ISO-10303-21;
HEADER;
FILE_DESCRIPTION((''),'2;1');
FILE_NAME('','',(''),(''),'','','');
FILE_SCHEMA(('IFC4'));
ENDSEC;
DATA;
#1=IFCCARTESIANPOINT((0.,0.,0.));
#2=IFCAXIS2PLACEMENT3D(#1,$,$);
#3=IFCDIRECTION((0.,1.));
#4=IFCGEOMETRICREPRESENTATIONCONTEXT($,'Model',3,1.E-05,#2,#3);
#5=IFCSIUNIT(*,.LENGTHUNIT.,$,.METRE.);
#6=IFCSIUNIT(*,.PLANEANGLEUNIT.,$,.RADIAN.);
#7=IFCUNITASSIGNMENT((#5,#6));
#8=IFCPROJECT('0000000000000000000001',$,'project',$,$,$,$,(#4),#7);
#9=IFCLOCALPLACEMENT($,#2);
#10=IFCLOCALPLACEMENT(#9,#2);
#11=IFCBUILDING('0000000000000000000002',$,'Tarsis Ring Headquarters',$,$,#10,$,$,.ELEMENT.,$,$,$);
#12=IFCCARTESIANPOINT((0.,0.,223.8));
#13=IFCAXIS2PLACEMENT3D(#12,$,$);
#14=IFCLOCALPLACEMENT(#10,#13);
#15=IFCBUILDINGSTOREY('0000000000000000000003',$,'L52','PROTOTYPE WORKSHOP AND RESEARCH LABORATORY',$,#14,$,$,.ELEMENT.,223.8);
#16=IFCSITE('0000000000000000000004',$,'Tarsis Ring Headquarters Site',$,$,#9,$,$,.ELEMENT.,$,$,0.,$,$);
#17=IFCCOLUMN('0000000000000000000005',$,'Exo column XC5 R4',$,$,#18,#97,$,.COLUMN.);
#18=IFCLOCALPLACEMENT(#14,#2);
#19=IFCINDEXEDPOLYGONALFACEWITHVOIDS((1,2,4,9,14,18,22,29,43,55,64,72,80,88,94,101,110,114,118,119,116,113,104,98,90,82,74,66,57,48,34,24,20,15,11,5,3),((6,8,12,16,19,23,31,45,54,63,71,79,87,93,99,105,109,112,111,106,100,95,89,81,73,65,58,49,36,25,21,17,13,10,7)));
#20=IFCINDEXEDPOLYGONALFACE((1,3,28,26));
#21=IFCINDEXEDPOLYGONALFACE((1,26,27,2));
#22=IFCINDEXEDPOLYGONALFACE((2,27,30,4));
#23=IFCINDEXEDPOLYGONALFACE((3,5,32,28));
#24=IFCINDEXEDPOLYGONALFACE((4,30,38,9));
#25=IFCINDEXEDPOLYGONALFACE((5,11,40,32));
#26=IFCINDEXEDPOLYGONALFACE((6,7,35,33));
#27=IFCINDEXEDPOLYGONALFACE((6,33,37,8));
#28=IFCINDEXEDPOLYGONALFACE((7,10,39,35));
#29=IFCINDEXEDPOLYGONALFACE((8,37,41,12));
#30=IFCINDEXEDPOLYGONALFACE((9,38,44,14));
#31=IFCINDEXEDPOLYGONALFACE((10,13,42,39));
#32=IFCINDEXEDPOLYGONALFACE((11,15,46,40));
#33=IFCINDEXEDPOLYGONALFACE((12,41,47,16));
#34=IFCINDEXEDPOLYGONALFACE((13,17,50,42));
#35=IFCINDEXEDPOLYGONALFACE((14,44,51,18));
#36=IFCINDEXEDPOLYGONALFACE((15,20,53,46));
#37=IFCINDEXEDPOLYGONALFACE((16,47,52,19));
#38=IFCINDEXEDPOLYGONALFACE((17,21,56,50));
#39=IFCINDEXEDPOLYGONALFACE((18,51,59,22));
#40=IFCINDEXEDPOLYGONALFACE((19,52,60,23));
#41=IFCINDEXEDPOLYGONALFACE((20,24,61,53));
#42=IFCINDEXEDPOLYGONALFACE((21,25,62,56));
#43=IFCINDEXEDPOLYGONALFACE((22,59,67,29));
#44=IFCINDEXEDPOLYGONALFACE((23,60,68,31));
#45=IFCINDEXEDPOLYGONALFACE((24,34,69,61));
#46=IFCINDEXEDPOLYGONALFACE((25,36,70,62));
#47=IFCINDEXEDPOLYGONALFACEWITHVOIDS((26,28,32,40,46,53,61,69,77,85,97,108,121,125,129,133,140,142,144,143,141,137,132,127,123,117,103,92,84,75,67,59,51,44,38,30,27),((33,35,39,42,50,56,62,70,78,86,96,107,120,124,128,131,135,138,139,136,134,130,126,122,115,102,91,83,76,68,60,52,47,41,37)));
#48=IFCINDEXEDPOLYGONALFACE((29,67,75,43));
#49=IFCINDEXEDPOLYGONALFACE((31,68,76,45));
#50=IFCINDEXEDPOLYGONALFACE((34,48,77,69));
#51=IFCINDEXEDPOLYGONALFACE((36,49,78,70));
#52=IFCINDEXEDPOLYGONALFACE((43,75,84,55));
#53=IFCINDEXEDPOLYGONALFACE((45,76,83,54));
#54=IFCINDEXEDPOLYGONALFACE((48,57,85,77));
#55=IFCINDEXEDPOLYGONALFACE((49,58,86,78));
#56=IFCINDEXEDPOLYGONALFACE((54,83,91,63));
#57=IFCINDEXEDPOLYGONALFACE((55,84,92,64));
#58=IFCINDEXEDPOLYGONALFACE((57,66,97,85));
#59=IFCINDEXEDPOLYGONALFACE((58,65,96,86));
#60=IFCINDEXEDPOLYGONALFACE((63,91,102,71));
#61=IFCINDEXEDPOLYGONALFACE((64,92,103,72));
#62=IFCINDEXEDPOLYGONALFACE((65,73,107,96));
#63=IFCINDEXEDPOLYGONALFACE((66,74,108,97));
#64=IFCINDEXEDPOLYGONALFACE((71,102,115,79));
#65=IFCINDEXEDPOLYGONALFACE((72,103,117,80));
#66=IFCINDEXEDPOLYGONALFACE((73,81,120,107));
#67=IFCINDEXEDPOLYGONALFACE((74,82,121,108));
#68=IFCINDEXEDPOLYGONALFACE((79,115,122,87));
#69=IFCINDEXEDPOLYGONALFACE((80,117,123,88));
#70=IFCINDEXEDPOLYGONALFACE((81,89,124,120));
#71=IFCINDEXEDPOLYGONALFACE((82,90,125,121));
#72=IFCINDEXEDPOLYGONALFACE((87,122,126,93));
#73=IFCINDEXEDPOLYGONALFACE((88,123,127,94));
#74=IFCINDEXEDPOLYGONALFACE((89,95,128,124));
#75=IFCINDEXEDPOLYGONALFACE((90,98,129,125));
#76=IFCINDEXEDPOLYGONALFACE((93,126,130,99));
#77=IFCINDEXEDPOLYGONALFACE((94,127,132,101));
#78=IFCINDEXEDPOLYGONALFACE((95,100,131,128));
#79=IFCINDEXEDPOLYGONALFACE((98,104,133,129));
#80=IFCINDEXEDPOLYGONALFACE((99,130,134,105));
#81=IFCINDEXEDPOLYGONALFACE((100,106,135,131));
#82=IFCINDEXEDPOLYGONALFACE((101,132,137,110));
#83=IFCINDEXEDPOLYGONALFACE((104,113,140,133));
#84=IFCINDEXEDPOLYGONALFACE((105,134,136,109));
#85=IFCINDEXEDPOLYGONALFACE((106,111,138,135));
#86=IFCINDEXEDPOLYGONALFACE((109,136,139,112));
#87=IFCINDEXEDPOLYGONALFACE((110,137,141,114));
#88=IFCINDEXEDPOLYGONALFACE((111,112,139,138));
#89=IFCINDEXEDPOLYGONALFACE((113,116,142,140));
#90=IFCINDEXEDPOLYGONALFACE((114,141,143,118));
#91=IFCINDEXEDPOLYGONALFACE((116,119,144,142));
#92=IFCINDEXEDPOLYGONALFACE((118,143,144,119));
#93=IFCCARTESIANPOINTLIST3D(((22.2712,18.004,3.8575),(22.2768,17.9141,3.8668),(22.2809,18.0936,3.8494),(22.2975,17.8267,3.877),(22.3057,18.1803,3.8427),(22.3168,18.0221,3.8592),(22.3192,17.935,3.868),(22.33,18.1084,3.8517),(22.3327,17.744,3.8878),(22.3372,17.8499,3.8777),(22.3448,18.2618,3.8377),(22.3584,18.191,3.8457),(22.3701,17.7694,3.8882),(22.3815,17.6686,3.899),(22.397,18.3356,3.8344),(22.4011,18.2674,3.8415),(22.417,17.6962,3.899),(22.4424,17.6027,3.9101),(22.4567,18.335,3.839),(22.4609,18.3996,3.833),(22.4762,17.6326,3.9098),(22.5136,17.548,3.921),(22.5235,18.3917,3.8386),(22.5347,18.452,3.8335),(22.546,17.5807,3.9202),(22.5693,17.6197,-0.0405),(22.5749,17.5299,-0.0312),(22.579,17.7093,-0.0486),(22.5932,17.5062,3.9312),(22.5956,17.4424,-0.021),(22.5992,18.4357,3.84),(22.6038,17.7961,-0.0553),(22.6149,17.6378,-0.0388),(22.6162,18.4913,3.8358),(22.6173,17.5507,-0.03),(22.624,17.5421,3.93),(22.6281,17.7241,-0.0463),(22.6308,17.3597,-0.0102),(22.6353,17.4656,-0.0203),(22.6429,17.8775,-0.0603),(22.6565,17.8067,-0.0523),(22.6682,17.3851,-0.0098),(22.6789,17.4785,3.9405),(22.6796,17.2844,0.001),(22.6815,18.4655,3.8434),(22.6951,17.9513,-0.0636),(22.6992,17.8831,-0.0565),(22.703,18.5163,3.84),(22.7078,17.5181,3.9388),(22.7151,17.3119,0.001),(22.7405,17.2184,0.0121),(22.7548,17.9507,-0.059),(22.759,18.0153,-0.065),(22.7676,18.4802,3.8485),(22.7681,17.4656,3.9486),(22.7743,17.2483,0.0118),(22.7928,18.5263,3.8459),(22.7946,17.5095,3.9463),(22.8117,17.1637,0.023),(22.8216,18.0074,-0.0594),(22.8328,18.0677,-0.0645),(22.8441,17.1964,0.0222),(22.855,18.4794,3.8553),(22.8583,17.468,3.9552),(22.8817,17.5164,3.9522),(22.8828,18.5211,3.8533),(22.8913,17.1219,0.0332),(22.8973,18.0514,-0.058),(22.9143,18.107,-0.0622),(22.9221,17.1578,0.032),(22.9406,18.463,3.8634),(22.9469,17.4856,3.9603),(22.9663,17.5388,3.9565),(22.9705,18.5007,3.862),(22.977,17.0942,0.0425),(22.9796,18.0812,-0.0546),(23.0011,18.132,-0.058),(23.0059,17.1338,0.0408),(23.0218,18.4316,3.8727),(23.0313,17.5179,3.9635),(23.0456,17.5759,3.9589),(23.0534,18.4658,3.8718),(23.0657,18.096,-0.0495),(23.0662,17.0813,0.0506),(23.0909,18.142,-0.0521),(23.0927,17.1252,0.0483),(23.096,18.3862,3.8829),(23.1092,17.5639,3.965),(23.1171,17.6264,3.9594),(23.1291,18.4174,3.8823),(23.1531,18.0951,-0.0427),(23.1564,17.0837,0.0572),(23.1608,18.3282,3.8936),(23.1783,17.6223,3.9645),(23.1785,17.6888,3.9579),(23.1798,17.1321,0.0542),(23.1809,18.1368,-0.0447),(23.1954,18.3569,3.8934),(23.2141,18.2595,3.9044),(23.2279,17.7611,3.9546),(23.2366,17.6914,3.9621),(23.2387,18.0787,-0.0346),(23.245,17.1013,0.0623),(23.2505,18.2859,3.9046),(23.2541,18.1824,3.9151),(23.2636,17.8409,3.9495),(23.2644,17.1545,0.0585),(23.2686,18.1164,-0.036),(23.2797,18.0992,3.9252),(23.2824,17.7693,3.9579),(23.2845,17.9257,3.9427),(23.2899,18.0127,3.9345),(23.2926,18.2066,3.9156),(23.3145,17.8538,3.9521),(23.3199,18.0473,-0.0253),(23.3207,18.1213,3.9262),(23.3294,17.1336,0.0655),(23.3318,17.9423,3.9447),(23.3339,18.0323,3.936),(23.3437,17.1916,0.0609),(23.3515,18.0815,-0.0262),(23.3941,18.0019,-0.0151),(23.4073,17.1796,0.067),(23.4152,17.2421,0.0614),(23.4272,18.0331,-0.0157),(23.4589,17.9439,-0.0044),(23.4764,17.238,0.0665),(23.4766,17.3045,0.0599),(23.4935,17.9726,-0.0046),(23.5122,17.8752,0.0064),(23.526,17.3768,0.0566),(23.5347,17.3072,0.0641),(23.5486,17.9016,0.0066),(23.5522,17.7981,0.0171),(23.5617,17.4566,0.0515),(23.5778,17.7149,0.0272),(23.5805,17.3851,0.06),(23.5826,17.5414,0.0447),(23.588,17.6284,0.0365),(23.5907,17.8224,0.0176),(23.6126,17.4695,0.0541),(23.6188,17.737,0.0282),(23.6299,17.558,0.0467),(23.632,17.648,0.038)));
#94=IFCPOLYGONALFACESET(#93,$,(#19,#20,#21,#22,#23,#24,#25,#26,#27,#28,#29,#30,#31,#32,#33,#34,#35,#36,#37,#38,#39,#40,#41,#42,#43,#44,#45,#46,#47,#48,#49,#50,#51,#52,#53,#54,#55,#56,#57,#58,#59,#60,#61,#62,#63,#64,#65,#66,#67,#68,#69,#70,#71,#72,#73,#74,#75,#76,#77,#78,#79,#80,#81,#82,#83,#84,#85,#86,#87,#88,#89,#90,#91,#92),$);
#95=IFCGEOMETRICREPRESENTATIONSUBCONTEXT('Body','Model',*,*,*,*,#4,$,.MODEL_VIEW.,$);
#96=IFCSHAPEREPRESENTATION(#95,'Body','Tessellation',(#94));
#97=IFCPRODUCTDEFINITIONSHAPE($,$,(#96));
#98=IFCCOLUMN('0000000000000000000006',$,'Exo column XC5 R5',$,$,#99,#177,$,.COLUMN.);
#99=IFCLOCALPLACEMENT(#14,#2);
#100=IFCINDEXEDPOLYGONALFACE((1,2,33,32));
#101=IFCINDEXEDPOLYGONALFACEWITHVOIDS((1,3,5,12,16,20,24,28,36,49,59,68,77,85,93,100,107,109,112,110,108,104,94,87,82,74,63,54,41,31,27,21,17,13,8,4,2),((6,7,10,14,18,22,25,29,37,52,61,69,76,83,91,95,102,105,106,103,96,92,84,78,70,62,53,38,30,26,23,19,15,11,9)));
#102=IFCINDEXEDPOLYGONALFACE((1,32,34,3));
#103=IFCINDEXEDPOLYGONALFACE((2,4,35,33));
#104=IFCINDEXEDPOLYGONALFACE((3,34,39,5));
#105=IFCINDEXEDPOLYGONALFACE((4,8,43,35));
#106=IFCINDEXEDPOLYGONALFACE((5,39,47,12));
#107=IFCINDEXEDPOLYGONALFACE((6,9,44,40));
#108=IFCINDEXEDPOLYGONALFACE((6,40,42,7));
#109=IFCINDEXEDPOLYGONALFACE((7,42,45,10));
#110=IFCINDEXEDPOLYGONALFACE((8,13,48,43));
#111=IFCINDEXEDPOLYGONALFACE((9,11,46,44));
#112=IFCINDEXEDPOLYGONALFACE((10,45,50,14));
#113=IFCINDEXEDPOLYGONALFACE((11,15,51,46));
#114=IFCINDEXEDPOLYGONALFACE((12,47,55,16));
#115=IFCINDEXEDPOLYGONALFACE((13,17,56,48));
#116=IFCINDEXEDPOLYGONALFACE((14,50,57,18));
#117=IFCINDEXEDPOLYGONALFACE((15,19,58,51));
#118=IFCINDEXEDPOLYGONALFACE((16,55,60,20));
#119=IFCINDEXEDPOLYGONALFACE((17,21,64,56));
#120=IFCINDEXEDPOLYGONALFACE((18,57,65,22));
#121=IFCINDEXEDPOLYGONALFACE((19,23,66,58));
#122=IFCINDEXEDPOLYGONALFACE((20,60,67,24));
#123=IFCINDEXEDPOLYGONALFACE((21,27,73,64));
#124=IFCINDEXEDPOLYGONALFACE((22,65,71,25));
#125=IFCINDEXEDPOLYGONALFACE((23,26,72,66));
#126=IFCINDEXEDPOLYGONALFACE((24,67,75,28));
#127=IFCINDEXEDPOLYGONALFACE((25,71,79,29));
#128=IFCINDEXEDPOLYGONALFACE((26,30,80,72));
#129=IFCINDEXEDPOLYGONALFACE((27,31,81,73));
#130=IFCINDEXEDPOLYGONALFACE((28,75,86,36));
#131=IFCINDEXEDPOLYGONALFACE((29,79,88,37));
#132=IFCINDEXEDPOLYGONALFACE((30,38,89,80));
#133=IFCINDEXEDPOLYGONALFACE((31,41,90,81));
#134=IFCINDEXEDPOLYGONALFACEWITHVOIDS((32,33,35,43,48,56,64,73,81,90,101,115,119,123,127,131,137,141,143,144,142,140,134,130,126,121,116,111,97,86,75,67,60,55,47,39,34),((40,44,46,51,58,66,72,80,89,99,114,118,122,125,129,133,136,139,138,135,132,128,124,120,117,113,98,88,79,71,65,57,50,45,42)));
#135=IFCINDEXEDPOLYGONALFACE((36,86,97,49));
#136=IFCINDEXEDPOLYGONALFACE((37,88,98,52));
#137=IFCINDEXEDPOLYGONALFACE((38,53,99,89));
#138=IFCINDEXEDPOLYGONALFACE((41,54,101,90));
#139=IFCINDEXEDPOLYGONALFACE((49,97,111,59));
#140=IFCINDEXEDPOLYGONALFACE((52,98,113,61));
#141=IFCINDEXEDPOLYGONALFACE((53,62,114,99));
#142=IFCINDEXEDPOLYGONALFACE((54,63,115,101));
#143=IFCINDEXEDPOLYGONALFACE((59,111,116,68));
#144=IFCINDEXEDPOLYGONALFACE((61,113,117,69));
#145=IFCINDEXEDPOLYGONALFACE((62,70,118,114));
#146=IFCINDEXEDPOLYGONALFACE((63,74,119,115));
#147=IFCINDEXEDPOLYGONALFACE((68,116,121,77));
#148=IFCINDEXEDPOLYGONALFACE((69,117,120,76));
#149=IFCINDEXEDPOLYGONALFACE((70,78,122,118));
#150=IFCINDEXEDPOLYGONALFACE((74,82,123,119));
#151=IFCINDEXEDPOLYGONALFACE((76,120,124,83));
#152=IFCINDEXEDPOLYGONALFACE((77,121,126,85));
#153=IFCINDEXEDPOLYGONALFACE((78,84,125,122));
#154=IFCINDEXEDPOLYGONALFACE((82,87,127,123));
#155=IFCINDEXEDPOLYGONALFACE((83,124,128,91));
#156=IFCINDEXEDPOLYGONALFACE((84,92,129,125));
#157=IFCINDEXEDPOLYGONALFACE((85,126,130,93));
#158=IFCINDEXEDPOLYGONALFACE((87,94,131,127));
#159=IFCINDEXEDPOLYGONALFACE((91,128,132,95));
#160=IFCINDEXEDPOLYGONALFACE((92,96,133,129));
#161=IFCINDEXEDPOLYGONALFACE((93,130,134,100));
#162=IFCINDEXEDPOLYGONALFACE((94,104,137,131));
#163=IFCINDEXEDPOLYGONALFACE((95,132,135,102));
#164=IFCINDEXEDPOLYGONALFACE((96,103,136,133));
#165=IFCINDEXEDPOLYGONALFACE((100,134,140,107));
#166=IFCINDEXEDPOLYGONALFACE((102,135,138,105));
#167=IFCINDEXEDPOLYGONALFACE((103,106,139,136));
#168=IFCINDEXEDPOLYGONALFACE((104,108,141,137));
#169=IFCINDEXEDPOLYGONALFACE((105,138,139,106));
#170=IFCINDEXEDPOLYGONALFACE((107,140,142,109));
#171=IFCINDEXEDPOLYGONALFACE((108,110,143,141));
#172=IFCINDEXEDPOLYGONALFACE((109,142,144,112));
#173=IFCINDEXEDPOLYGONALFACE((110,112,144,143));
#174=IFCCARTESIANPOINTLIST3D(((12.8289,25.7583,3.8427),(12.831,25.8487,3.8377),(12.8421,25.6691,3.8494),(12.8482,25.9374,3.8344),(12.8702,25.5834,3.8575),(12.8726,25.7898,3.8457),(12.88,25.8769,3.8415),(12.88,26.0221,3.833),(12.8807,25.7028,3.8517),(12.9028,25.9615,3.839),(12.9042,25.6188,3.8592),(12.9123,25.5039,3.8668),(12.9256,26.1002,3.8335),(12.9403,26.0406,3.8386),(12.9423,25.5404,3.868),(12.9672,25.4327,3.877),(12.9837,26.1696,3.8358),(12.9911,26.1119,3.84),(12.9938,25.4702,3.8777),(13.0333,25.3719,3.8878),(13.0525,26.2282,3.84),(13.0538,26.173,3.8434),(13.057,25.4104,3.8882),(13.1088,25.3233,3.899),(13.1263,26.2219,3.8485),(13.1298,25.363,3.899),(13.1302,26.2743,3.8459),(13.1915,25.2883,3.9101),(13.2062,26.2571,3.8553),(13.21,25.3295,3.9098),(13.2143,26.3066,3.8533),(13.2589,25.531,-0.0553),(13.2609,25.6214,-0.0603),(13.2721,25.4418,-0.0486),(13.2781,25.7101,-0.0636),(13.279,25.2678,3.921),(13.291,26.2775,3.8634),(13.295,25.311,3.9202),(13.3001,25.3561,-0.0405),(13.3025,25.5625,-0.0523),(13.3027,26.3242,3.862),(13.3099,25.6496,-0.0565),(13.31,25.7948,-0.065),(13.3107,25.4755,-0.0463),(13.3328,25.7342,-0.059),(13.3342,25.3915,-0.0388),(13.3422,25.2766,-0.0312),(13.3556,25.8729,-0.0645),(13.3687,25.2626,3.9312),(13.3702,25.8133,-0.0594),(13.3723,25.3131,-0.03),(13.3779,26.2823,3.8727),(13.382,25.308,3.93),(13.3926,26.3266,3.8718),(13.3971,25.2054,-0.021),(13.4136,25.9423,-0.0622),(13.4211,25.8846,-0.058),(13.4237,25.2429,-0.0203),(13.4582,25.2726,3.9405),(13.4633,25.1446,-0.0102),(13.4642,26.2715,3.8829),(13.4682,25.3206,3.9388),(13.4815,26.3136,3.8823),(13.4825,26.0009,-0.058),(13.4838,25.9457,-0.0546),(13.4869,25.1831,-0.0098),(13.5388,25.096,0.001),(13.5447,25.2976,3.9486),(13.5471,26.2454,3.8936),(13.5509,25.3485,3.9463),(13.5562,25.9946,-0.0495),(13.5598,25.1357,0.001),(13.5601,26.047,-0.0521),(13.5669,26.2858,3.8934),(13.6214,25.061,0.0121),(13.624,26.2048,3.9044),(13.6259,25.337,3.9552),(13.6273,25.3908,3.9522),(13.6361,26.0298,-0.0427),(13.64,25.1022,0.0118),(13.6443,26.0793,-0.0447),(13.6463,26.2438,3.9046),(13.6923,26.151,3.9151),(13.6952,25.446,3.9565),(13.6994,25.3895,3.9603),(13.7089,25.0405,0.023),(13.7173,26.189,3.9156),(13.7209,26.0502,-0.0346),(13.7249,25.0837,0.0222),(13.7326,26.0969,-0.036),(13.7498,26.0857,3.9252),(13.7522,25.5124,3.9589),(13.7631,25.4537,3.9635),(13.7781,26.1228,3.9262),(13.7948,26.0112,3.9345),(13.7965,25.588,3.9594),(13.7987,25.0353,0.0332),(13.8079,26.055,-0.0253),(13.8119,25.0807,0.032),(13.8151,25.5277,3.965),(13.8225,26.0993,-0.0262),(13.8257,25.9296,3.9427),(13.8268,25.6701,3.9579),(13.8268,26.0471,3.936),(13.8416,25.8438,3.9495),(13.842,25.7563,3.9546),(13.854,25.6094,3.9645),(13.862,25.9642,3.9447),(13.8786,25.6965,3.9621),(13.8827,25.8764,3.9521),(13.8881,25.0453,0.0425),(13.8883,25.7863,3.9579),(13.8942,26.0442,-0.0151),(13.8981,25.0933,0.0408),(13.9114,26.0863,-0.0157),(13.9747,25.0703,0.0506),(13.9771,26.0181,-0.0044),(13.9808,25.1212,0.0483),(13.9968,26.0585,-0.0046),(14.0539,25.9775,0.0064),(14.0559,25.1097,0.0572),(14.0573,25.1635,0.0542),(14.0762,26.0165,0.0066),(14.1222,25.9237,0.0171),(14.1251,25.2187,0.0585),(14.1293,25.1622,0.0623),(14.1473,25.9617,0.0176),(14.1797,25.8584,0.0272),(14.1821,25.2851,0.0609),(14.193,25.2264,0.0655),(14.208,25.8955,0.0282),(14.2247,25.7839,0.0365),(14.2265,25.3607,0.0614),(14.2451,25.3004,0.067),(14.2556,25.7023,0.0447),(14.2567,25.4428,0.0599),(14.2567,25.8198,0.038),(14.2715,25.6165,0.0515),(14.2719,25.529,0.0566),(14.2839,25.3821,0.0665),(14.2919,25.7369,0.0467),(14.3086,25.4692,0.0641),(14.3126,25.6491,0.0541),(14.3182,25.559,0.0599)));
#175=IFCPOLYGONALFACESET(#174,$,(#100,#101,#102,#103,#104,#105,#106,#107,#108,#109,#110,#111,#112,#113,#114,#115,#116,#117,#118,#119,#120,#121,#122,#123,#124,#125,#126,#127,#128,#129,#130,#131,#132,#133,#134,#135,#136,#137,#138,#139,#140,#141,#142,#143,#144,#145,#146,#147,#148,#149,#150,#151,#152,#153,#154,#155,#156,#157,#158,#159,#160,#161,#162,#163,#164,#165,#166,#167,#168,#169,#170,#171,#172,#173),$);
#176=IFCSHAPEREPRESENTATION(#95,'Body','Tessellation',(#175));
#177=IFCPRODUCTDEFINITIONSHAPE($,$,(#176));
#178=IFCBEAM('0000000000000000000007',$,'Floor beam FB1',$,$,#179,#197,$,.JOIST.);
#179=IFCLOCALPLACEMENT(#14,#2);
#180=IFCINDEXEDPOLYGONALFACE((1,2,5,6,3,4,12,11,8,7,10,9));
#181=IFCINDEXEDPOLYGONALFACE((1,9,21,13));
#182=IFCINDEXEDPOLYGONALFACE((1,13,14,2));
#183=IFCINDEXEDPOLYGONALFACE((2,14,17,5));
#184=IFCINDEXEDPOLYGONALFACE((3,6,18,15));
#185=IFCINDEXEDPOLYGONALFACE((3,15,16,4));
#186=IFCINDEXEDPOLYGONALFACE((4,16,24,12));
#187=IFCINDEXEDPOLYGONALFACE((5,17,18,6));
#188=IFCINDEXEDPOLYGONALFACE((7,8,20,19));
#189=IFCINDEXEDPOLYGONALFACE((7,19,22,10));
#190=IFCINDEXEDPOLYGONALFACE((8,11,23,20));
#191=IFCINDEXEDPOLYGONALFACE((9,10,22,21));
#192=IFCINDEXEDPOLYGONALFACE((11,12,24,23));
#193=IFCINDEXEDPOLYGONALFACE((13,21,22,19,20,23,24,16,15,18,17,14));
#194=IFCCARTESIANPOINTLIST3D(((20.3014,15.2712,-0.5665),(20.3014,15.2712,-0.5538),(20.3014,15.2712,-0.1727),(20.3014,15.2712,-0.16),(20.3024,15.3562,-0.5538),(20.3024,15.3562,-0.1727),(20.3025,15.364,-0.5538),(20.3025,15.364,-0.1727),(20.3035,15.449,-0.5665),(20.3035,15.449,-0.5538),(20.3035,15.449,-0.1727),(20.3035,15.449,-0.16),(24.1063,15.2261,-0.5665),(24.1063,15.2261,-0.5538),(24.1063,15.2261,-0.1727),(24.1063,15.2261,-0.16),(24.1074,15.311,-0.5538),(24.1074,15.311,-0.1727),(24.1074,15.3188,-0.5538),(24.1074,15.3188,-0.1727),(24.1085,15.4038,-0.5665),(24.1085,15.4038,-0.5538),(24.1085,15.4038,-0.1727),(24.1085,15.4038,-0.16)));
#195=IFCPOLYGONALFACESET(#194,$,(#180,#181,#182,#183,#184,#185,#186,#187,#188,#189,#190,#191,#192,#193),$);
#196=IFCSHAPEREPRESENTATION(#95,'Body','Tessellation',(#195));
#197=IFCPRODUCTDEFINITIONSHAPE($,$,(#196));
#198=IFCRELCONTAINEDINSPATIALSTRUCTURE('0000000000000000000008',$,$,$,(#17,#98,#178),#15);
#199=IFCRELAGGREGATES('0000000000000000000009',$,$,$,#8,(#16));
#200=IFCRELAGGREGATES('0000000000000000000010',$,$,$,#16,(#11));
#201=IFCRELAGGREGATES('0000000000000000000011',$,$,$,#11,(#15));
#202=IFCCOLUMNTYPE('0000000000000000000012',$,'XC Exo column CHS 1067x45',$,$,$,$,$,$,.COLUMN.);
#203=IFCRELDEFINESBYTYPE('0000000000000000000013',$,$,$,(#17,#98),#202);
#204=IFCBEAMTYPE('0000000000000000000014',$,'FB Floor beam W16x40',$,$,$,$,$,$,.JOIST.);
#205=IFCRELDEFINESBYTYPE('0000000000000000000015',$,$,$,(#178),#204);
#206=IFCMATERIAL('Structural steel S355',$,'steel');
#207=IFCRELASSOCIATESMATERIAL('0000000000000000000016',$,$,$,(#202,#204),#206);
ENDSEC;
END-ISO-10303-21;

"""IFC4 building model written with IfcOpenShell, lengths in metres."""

from ifc_helpers import new_model, si_unit, direction, frame, origin, origin_2d, place, context, subcontext, project, spatial, hollow_circle, i_section, extrude, material, material_profile, profile_set, type_object, element, save


model = new_model("IFC4")

# Units and contexts
model_context = context("Model", 3, precision=1e-05, world=origin(), true_north=direction((0.0, 1.0)))
body_context = subcontext(model_context, "Body", "Model", "MODEL_VIEW")
ifc_project = project(units=[si_unit("LENGTHUNIT", "METRE"), si_unit("PLANEANGLEUNIT", "RADIAN")], contexts=[model_context])

# Site, building, storey
site_placement = place(None, origin())
site = spatial("IfcSite", under=ifc_project, at=site_placement, Name="Tarsis Ring Headquarters Site", CompositionType="ELEMENT", RefElevation=0.0)
building_placement = place(site_placement, origin())
building = spatial("IfcBuilding", under=site, at=building_placement, Name="Tarsis Ring Headquarters", CompositionType="ELEMENT")
storey_placement = place(building_placement, frame((0.0, 0.0, 223.8)))
storey = spatial("IfcBuildingStorey", under=building, at=storey_placement, Name="L52", Description="PROTOTYPE WORKSHOP AND RESEARCH LABORATORY", CompositionType="ELEMENT", Elevation=223.8)

# Columns
ifc_material_1 = material(Name="Structural steel S355", Category="steel")
ifc_material_profile_1 = material_profile(ifc_material_1, hollow_circle(Radius=0.5334, WallThickness=0.0449, at=origin_2d()), Name="CHS 1067x45")
ifc_profile_set_1 = profile_set([ifc_material_profile_1], Name="Structural steel S355")
column_type = type_object("IfcColumnType", Name="XC Exo column CHS 1067x45", PredefinedType="COLUMN", material=ifc_profile_set_1)
for number, where, z_axis, x_axis, name in (
    (1, (23.1011, 17.6113, 0.001), (-0.075887, 0.097826, 0.992306), (-0.790135, -0.612932, 0.0), "Exo column XC5 R4"),
    (2, (13.7881, 25.5676, 0.001), (-0.109448, 0.057863, 0.992307), (-0.46738, -0.884056, 0.0), "Exo column XC5 R5"),
):
    element("IfcColumn", number, at=place(storey_placement, frame(where, z_axis=z_axis, x_axis=x_axis)), inside=storey, type_object=column_type, Name=name, PredefinedType="COLUMN", context=body_context, shape_type="SweptSolid", body=[
        extrude(hollow_circle(Radius=0.5334, WallThickness=0.0449, at=origin_2d()), origin(), (0.0, 0.0, 1.0), 3.9282),
    ])

# Beam
ifc_material_profile_2 = material_profile(ifc_material_1, i_section(OverallWidth=0.1777, OverallDepth=0.4065, WebThickness=0.0078, FlangeThickness=0.0127, at=origin_2d()), Name="W16x40")
ifc_profile_set_2 = profile_set([ifc_material_profile_2], Name="Structural steel S355")
beam_type_1 = type_object("IfcBeamType", Name="FB Floor beam W16x40", PredefinedType="JOIST", material=ifc_profile_set_2)
beam_1_placement = place(storey_placement, frame((20.3025, 15.3601, -0.3633), z_axis=(0.99993, -0.01187, 0.0), x_axis=(0.01187, 0.99993, 0.0)))
element("IfcBeam", 3, at=beam_1_placement, inside=storey, type_object=beam_type_1, Name="Floor beam FB1", PredefinedType="JOIST", context=body_context, shape_type="SweptSolid", body=[
    extrude(i_section(OverallWidth=0.1777, OverallDepth=0.4065, WebThickness=0.0078, FlangeThickness=0.0127, at=origin_2d()), origin(), (0.0, 0.0, 1.0), 3.8052),
])

save(model, "model.ifc")
